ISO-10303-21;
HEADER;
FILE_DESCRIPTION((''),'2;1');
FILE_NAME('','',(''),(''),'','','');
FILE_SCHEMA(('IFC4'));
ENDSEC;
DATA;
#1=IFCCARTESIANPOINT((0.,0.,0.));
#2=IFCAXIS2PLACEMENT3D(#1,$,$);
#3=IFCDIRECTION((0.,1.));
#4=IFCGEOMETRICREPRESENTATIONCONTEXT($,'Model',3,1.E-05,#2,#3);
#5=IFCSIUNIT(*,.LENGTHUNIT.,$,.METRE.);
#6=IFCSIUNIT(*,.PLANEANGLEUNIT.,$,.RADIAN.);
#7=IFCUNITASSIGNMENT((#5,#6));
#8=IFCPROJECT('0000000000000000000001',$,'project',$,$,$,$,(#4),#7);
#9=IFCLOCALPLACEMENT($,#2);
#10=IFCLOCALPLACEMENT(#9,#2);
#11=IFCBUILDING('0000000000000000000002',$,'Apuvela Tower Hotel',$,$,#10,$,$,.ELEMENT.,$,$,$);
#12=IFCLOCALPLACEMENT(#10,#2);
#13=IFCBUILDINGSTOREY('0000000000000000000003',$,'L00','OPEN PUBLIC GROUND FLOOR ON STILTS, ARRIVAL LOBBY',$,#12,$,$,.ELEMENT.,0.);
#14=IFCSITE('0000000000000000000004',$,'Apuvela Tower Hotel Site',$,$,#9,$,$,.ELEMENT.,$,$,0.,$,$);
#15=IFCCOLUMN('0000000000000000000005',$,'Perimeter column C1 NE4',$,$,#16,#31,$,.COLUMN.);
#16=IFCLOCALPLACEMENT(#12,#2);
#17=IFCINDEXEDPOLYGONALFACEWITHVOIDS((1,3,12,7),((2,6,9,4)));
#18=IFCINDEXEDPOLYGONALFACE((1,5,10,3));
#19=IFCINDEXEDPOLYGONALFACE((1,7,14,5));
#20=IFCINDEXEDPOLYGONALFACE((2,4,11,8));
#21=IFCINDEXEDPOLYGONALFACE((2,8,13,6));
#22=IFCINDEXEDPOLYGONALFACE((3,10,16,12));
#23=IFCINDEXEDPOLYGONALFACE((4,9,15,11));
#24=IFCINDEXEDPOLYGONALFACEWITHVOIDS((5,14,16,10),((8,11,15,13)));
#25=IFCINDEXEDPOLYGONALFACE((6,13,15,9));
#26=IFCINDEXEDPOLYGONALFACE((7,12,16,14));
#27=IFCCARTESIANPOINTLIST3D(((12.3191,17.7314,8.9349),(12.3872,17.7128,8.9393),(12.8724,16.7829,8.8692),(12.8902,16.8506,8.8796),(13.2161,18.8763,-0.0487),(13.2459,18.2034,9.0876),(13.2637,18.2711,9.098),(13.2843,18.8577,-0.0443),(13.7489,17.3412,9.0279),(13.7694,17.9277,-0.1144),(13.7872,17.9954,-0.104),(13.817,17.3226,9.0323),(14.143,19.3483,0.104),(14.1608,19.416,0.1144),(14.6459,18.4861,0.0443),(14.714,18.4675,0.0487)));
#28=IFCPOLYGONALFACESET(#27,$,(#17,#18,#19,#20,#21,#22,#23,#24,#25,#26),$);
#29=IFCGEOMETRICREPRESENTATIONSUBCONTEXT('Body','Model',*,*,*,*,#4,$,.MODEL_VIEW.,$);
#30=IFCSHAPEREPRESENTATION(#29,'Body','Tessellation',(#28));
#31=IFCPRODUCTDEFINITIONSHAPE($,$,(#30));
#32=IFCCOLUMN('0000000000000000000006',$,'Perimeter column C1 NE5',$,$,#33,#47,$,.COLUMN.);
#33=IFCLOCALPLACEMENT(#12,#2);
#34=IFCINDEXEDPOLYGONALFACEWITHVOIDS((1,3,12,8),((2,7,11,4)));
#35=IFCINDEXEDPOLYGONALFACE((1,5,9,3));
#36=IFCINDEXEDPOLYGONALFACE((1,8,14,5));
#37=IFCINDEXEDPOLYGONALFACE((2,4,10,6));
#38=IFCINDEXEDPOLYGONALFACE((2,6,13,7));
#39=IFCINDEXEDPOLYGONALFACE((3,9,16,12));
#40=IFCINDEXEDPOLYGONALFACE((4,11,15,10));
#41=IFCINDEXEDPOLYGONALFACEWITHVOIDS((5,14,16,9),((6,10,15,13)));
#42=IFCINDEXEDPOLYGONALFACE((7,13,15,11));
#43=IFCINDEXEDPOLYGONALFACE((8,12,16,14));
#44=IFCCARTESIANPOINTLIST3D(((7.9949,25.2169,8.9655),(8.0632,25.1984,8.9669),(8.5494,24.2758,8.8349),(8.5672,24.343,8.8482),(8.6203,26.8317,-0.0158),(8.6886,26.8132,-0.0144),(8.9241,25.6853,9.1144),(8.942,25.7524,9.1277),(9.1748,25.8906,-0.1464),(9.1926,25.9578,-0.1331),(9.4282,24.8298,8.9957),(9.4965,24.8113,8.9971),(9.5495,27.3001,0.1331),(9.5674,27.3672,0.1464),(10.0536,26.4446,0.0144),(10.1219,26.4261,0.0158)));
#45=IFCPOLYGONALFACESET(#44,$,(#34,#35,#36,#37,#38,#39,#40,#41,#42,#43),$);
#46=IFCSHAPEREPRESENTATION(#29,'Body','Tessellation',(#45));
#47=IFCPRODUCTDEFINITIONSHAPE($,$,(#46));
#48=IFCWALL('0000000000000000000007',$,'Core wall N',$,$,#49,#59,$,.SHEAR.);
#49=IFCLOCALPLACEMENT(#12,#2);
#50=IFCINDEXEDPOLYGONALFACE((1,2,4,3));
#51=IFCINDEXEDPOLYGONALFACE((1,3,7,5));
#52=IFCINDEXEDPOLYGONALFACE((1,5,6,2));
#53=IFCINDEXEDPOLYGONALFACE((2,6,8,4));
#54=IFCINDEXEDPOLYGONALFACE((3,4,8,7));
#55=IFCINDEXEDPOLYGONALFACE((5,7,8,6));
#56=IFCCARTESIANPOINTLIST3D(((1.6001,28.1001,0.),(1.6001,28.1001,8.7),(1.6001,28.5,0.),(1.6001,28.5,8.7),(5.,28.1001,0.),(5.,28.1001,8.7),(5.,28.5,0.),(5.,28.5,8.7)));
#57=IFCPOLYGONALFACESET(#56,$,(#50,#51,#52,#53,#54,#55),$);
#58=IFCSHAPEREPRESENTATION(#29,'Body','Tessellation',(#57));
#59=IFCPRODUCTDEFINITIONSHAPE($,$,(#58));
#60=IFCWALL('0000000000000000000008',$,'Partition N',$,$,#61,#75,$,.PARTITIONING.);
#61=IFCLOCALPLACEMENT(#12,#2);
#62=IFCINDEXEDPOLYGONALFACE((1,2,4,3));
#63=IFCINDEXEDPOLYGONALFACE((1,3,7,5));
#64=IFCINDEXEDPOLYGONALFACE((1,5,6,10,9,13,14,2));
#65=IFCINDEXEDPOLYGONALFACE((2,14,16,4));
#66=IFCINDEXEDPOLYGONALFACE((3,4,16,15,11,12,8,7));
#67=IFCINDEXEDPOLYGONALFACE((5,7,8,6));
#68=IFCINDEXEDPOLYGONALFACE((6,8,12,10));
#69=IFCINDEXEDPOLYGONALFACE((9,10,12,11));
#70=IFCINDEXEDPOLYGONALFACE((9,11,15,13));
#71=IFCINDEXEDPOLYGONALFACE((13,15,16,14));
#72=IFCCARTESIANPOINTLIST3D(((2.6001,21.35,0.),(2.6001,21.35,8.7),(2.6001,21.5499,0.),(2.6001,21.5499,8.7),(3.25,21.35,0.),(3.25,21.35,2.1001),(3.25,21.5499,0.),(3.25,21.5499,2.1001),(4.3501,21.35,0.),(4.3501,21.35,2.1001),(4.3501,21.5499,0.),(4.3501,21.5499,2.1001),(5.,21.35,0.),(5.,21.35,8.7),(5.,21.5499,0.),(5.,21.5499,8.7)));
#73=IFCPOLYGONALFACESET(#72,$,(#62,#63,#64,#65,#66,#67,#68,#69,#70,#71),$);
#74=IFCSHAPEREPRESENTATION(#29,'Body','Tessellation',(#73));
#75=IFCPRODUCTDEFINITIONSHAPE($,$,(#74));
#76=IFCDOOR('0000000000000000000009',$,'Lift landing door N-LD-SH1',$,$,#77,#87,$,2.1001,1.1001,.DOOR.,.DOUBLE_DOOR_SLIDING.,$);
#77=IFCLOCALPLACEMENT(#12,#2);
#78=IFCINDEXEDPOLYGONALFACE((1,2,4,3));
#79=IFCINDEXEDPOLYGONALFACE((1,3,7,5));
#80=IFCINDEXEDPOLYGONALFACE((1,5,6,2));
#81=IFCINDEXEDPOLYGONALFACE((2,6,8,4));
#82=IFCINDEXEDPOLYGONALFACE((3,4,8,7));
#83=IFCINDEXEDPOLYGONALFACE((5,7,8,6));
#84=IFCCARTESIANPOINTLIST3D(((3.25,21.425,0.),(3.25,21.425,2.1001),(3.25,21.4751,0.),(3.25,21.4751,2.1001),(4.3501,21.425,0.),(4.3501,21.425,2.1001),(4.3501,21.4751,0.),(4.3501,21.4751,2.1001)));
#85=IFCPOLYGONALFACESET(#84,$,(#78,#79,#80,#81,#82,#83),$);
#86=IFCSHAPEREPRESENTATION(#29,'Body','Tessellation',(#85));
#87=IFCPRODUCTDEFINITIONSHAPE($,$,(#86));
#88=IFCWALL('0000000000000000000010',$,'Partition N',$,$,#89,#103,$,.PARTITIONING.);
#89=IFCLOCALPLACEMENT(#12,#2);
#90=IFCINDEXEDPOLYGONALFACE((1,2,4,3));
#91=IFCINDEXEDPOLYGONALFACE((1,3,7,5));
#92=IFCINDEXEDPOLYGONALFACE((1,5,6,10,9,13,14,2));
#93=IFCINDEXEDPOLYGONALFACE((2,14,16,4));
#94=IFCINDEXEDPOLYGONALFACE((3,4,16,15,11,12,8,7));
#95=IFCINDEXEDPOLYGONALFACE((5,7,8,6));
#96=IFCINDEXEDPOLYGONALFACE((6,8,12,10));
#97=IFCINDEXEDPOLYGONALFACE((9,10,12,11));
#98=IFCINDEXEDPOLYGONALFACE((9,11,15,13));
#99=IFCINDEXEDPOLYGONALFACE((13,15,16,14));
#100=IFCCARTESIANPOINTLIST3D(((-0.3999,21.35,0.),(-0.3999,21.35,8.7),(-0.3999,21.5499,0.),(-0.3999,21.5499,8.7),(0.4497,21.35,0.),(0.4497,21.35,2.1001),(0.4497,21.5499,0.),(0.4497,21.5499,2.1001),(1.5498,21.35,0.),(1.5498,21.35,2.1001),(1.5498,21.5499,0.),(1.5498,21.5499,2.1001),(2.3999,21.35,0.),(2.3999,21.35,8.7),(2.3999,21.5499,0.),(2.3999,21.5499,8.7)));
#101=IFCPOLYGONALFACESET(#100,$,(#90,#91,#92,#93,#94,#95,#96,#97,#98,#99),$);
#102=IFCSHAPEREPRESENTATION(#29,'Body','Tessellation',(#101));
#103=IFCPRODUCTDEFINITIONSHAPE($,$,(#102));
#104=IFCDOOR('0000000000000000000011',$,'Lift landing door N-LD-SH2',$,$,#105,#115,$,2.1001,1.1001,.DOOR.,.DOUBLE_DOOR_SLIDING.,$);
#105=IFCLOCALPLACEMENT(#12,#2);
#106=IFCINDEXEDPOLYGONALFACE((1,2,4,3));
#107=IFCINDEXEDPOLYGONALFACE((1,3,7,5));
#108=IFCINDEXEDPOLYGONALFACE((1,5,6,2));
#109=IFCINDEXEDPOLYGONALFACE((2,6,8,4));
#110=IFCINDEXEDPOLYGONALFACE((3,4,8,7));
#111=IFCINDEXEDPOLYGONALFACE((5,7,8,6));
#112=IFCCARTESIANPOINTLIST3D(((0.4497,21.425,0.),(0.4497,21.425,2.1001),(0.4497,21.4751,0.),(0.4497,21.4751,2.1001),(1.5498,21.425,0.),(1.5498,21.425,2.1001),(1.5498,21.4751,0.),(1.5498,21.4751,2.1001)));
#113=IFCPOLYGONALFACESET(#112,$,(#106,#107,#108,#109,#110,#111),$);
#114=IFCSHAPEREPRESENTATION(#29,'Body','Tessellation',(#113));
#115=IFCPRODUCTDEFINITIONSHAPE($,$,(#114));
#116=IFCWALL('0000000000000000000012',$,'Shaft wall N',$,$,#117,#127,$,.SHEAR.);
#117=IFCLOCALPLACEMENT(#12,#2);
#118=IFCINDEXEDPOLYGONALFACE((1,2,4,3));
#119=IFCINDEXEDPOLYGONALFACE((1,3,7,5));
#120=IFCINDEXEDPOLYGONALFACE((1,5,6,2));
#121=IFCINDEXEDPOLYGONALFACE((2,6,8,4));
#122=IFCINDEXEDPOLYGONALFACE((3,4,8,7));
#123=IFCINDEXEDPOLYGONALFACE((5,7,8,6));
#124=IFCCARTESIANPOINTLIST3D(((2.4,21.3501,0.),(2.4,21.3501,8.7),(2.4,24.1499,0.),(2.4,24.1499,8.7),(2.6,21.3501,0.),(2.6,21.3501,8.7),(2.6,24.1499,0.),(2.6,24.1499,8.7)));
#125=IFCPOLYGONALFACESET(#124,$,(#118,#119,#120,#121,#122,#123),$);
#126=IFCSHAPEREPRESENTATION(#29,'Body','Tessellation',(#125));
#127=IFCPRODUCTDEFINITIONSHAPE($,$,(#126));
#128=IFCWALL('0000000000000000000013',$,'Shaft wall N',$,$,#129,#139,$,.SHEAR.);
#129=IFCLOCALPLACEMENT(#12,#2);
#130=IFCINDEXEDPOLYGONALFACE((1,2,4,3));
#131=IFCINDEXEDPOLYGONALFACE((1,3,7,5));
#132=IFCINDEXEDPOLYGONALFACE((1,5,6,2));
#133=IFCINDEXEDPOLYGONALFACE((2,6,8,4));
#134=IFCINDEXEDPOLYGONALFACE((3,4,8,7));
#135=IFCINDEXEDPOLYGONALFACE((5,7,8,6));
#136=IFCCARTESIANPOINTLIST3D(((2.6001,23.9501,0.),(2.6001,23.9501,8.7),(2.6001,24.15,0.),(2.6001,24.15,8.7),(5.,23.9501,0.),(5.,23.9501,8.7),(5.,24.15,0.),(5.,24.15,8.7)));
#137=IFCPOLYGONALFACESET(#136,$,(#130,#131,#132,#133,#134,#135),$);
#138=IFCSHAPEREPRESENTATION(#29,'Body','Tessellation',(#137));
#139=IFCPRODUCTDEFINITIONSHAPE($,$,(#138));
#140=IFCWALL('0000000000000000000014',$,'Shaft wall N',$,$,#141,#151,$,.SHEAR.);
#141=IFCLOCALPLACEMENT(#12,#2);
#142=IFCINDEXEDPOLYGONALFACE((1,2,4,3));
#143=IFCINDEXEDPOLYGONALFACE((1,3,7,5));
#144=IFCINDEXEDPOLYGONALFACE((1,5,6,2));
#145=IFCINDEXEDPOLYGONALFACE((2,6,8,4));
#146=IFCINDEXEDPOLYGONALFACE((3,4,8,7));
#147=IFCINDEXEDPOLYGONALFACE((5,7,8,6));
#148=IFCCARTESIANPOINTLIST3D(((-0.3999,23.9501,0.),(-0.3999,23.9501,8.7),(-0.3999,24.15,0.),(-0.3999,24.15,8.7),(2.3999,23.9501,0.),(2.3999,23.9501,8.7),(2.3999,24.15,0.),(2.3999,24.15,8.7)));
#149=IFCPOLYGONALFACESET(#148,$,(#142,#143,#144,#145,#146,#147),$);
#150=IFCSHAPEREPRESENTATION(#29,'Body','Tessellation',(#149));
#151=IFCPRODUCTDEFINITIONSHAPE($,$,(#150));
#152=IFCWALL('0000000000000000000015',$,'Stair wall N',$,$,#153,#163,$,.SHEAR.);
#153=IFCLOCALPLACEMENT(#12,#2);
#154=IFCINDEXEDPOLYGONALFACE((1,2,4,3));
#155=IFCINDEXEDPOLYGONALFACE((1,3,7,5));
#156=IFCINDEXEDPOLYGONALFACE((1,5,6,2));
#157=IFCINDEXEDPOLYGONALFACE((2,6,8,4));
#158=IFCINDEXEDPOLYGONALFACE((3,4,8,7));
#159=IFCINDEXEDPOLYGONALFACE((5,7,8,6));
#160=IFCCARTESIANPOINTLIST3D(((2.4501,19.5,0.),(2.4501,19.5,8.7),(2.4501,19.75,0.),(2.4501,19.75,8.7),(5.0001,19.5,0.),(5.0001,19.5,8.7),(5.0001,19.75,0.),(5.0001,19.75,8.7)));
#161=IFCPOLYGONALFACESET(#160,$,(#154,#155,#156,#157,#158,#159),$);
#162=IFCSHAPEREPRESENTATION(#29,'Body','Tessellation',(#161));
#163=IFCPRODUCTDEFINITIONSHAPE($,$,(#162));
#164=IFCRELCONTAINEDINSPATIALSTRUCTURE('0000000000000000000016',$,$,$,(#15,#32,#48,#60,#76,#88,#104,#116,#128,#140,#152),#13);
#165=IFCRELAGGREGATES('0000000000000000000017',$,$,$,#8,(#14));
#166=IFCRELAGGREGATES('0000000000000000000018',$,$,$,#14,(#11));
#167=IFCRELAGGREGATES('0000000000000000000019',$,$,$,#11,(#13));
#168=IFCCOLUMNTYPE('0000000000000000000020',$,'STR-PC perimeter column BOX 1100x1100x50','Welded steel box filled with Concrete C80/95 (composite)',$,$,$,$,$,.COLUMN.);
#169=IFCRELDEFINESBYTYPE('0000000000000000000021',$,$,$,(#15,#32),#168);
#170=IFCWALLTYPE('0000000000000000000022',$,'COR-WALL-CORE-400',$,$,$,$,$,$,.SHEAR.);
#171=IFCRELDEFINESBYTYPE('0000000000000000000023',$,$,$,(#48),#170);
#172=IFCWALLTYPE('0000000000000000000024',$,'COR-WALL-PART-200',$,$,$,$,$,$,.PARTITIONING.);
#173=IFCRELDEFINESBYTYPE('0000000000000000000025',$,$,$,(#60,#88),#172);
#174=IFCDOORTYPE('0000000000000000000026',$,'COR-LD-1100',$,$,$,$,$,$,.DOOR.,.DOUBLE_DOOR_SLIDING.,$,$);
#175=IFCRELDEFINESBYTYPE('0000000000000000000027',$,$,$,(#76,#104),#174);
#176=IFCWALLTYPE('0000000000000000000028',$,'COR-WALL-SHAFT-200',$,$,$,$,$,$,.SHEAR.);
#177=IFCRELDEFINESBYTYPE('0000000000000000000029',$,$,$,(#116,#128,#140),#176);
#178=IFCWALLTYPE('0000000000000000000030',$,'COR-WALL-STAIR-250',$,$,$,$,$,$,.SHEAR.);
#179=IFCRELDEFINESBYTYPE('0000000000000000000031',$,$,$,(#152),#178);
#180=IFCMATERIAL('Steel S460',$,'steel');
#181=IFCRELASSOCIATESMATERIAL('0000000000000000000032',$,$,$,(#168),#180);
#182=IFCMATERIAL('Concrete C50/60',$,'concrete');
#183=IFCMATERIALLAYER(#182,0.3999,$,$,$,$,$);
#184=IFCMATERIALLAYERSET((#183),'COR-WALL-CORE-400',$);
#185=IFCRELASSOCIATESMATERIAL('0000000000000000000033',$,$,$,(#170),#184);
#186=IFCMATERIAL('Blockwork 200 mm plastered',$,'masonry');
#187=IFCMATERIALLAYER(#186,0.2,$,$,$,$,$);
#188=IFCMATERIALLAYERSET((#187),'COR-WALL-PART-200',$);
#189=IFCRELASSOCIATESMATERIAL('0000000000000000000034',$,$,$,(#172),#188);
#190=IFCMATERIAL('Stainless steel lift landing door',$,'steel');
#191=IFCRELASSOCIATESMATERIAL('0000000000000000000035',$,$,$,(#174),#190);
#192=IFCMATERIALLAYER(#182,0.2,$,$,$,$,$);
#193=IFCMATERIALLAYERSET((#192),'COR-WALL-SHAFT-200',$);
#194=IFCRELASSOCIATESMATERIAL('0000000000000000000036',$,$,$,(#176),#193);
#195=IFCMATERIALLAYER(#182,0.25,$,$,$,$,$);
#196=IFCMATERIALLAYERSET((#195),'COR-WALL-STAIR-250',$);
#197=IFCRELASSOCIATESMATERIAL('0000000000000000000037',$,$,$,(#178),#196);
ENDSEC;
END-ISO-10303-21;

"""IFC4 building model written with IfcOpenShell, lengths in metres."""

from ifc_helpers import new_model, si_unit, direction, frame, frame_2d, origin, origin_2d, place, context, subcontext, project, spatial, rectangle, hollow_rectangle, extrude, boolean, halfspace, material, layer, layer_set, material_profile, profile_set, type_object, element, fill, save


model = new_model("IFC4")

# Units and contexts
model_context = context("Model", 3, precision=1e-05, world=origin(), true_north=direction((0.0, 1.0)))
body_context = subcontext(model_context, "Body", "Model", "MODEL_VIEW")
ifc_project = project(units=[si_unit("LENGTHUNIT", "METRE"), si_unit("PLANEANGLEUNIT", "RADIAN")], contexts=[model_context])

# Site, building, storey
site_placement = place(None, origin())
site = spatial("IfcSite", under=ifc_project, at=site_placement, Name="Apuvela Tower Hotel Site", CompositionType="ELEMENT", RefElevation=0.0)
building_placement = place(site_placement, origin())
building = spatial("IfcBuilding", under=site, at=building_placement, Name="Apuvela Tower Hotel", CompositionType="ELEMENT")
storey_placement = place(building_placement, origin())
storey = spatial("IfcBuildingStorey", under=building, at=storey_placement, Name="L00", Description="OPEN PUBLIC GROUND FLOOR ON STILTS, ARRIVAL LOBBY", CompositionType="ELEMENT", Elevation=0.0)

# Columns
ifc_material_1 = material(Name="Steel S460", Category="steel")
ifc_material_profile_1 = material_profile(ifc_material_1, hollow_rectangle(XDim=1.1001, YDim=1.1001, WallThickness=0.05, at=origin_2d()), Name="BOX 1100x1100x50")
ifc_material_2 = material(Name="Concrete C80/95", Category="concrete")
ifc_material_profile_2 = material_profile(ifc_material_2, rectangle(XDim=1.0, YDim=1.0, at=origin_2d()), Name="Concrete C80/95 infill")
ifc_profile_set_1 = profile_set([ifc_material_profile_1, ifc_material_profile_2], Name="Steel S460")
column_type = type_object("IfcColumnType", Name="STR-PC perimeter column BOX 1100x1100x50", Description="Welded steel box filled with Concrete C80/95 (composite)", PredefinedType="COLUMN", material=ifc_profile_set_1)
column_1_placement = place(storey_placement, frame((13.9651, 18.6719, 0.0), z_axis=(-0.09857, -0.125803, 0.987146), x_axis=(-0.502951, 0.862253, 0.059665)))
element("IfcColumn", 1, at=column_1_placement, inside=storey, type_object=column_type, Name="Perimeter column C1 NE4", PredefinedType="COLUMN", context=body_context, shape_type="SweptSolid", body=[
    boolean("DIFFERENCE", extrude(hollow_rectangle(XDim=1.1001, YDim=1.1001, WallThickness=0.05, at=origin_2d()), origin(), (0.0, 0.0, 1.0), 9.1172), halfspace(frame((0.0, 0.0, 9.1006), z_axis=(0.0, 0.0, 1.0), x_axis=(1.0, 0.0, 0.0)), False)),
])
column_2_placement = place(storey_placement, frame((9.3711, 26.6289, 0.0), z_axis=(-0.068375, -0.176544, 0.981915), x_axis=(-0.504062, 0.85547, 0.11871)))
element("IfcColumn", 2, at=column_2_placement, inside=storey, type_object=column_type, Name="Perimeter column C1 NE5", PredefinedType="COLUMN", context=body_context, shape_type="SweptSolid", body=[
    boolean("DIFFERENCE", extrude(hollow_rectangle(XDim=1.1001, YDim=1.1001, WallThickness=0.05, at=origin_2d()), origin(), (0.0, 0.0, 1.0), 9.1658), halfspace(frame((0.0, 0.0, 9.1467), z_axis=(0.0, 0.0, 1.0), x_axis=(1.0, 0.0, 0.0)), False)),
])

# Wall
ifc_material_3 = material(Name="Concrete C50/60", Category="concrete")
ifc_layer_1 = layer(ifc_material_3, 0.3999)
ifc_layer_set_1 = layer_set([ifc_layer_1], Name="COR-WALL-CORE-400")
wall_type_1 = type_object("IfcWallType", Name="COR-WALL-CORE-400", PredefinedType="SHEAR", material=ifc_layer_set_1)
wall_1_placement = place(storey_placement, frame((5.0, 28.3, 0.0), z_axis=(0.0, 0.0, 1.0), x_axis=(-1.0, 0.0, 0.0)))
element("IfcWall", 3, at=wall_1_placement, inside=storey, type_object=wall_type_1, Name="Core wall N", PredefinedType="SHEAR", context=body_context, shape_type="SweptSolid", body=[
    extrude(rectangle(XDim=3.3999, YDim=0.3999, at=frame_2d((1.7, 0.0))), origin(), (0.0, 0.0, 1.0), 8.7),
])

# Walls, openings, doors
ifc_material_4 = material(Name="Blockwork 200 mm plastered", Category="masonry")
ifc_layer_2 = layer(ifc_material_4, 0.2)
ifc_layer_set_2 = layer_set([ifc_layer_2], Name="COR-WALL-PART-200")
wall_type_2 = type_object("IfcWallType", Name="COR-WALL-PART-200", PredefinedType="PARTITIONING", material=ifc_layer_set_2)
wall_2_placement = place(storey_placement, frame((5.0, 21.45, 0.0), z_axis=(0.0, 0.0, 1.0), x_axis=(-1.0, 0.0, 0.0)))
wall_2 = element("IfcWall", 4, at=wall_2_placement, inside=storey, type_object=wall_type_2, Name="Partition N", PredefinedType="PARTITIONING", context=body_context, shape_type="SweptSolid", body=[
    extrude(rectangle(XDim=2.3999, YDim=0.2, at=frame_2d((1.2, 0.0))), origin(), (0.0, 0.0, 1.0), 8.7),
])
opening_1_placement = place(wall_2_placement, frame((0.6499, 0.0, 0.0)))
opening_1 = element("IfcOpeningElement", 5, at=opening_1_placement, cuts=wall_2, PredefinedType="OPENING", context=body_context, shape_type="SweptSolid", body=[
    extrude(rectangle(XDim=1.1001, YDim=2.1001, at=frame_2d((0.55, 1.05))), frame((0.0, 0.1099, 0.0), z_axis=(0.0, -1.0, 0.0), x_axis=(1.0, 0.0, 0.0)), (0.0, 0.0, 1.0), 0.22),
])
ifc_material_5 = material(Name="Stainless steel lift landing door", Category="steel")
door_type = type_object("IfcDoorType", Name="COR-LD-1100", OperationType="DOUBLE_DOOR_SLIDING", PredefinedType="DOOR", material=ifc_material_5)
door_1_placement = place(opening_1_placement, origin())
door_1 = element("IfcDoor", 6, at=door_1_placement, inside=storey, type_object=door_type, Name="Lift landing door N-LD-SH1", OperationType="DOUBLE_DOOR_SLIDING", OverallHeight=2.1001, OverallWidth=1.1001, PredefinedType="DOOR", context=body_context, shape_type="SweptSolid", body=[
    extrude(rectangle(XDim=1.1001, YDim=2.1001, at=frame_2d((0.55, 1.05))), frame((0.0, 0.0249, 0.0), z_axis=(0.0, -1.0, 0.0), x_axis=(1.0, 0.0, 0.0)), (0.0, 0.0, 1.0), 0.05),
])
fill(opening_1, door_1)
wall_3_placement = place(storey_placement, frame((2.3999, 21.45, 0.0), z_axis=(0.0, 0.0, 1.0), x_axis=(-1.0, 0.0, 0.0)))
wall_3 = element("IfcWall", 7, at=wall_3_placement, inside=storey, type_object=wall_type_2, Name="Partition N", PredefinedType="PARTITIONING", context=body_context, shape_type="SweptSolid", body=[
    extrude(rectangle(XDim=2.7998, YDim=0.2, at=frame_2d((1.3999, 0.0))), origin(), (0.0, 0.0, 1.0), 8.7),
])
opening_2_placement = place(wall_3_placement, frame((0.8501, 0.0, 0.0)))
opening_2 = element("IfcOpeningElement", 8, at=opening_2_placement, cuts=wall_3, PredefinedType="OPENING", context=body_context, shape_type="SweptSolid", body=[
    extrude(rectangle(XDim=1.1001, YDim=2.1001, at=frame_2d((0.55, 1.05))), frame((0.0, 0.1099, 0.0), z_axis=(0.0, -1.0, 0.0), x_axis=(1.0, 0.0, 0.0)), (0.0, 0.0, 1.0), 0.22),
])
door_2_placement = place(opening_2_placement, origin())
door_2 = element("IfcDoor", 9, at=door_2_placement, inside=storey, type_object=door_type, Name="Lift landing door N-LD-SH2", OperationType="DOUBLE_DOOR_SLIDING", OverallHeight=2.1001, OverallWidth=1.1001, PredefinedType="DOOR", context=body_context, shape_type="SweptSolid", body=[
    extrude(rectangle(XDim=1.1001, YDim=2.1001, at=frame_2d((0.55, 1.05))), frame((0.0, 0.0249, 0.0), z_axis=(0.0, -1.0, 0.0), x_axis=(1.0, 0.0, 0.0)), (0.0, 0.0, 1.0), 0.05),
])
fill(opening_2, door_2)

# Walls
ifc_layer_3 = layer(ifc_material_3, 0.2)
ifc_layer_set_3 = layer_set([ifc_layer_3], Name="COR-WALL-SHAFT-200")
wall_type_3 = type_object("IfcWallType", Name="COR-WALL-SHAFT-200", PredefinedType="SHEAR", material=ifc_layer_set_3)
wall_4_placement = place(storey_placement, frame((2.5, 21.3501, 0.0), z_axis=(0.0, 0.0, 1.0), x_axis=(0.0, 1.0, 0.0)))
element("IfcWall", 10, at=wall_4_placement, inside=storey, type_object=wall_type_3, Name="Shaft wall N", PredefinedType="SHEAR", context=body_context, shape_type="SweptSolid", body=[
    extrude(rectangle(XDim=2.7998, YDim=0.2, at=frame_2d((1.3999, 0.0))), origin(), (0.0, 0.0, 1.0), 8.7),
])
wall_5_placement = place(storey_placement, frame((5.0, 24.05, 0.0), z_axis=(0.0, 0.0, 1.0), x_axis=(-1.0, 0.0, 0.0)))
element("IfcWall", 11, at=wall_5_placement, inside=storey, type_object=wall_type_3, Name="Shaft wall N", PredefinedType="SHEAR", context=body_context, shape_type="SweptSolid", body=[
    extrude(rectangle(XDim=2.3999, YDim=0.2, at=frame_2d((1.2, 0.0))), origin(), (0.0, 0.0, 1.0), 8.7),
])
wall_6_placement = place(storey_placement, frame((2.3999, 24.05, 0.0), z_axis=(0.0, 0.0, 1.0), x_axis=(-1.0, 0.0, 0.0)))
element("IfcWall", 12, at=wall_6_placement, inside=storey, type_object=wall_type_3, Name="Shaft wall N", PredefinedType="SHEAR", context=body_context, shape_type="SweptSolid", body=[
    extrude(rectangle(XDim=2.7998, YDim=0.2, at=frame_2d((1.3999, 0.0))), origin(), (0.0, 0.0, 1.0), 8.7),
])
ifc_layer_4 = layer(ifc_material_3, 0.25)
ifc_layer_set_4 = layer_set([ifc_layer_4], Name="COR-WALL-STAIR-250")
wall_type_4 = type_object("IfcWallType", Name="COR-WALL-STAIR-250", PredefinedType="SHEAR", material=ifc_layer_set_4)
wall_7_placement = place(storey_placement, frame((5.0, 19.625, 0.0), z_axis=(0.0, 0.0, 1.0), x_axis=(-1.0, 0.0, 0.0)))
element("IfcWall", 13, at=wall_7_placement, inside=storey, type_object=wall_type_4, Name="Stair wall N", PredefinedType="SHEAR", context=body_context, shape_type="SweptSolid", body=[
    extrude(rectangle(XDim=2.55, YDim=0.25, at=frame_2d((1.2749, 0.0))), origin(), (0.0, 0.0, 1.0), 8.7),
])

save(model, "model.ifc")
